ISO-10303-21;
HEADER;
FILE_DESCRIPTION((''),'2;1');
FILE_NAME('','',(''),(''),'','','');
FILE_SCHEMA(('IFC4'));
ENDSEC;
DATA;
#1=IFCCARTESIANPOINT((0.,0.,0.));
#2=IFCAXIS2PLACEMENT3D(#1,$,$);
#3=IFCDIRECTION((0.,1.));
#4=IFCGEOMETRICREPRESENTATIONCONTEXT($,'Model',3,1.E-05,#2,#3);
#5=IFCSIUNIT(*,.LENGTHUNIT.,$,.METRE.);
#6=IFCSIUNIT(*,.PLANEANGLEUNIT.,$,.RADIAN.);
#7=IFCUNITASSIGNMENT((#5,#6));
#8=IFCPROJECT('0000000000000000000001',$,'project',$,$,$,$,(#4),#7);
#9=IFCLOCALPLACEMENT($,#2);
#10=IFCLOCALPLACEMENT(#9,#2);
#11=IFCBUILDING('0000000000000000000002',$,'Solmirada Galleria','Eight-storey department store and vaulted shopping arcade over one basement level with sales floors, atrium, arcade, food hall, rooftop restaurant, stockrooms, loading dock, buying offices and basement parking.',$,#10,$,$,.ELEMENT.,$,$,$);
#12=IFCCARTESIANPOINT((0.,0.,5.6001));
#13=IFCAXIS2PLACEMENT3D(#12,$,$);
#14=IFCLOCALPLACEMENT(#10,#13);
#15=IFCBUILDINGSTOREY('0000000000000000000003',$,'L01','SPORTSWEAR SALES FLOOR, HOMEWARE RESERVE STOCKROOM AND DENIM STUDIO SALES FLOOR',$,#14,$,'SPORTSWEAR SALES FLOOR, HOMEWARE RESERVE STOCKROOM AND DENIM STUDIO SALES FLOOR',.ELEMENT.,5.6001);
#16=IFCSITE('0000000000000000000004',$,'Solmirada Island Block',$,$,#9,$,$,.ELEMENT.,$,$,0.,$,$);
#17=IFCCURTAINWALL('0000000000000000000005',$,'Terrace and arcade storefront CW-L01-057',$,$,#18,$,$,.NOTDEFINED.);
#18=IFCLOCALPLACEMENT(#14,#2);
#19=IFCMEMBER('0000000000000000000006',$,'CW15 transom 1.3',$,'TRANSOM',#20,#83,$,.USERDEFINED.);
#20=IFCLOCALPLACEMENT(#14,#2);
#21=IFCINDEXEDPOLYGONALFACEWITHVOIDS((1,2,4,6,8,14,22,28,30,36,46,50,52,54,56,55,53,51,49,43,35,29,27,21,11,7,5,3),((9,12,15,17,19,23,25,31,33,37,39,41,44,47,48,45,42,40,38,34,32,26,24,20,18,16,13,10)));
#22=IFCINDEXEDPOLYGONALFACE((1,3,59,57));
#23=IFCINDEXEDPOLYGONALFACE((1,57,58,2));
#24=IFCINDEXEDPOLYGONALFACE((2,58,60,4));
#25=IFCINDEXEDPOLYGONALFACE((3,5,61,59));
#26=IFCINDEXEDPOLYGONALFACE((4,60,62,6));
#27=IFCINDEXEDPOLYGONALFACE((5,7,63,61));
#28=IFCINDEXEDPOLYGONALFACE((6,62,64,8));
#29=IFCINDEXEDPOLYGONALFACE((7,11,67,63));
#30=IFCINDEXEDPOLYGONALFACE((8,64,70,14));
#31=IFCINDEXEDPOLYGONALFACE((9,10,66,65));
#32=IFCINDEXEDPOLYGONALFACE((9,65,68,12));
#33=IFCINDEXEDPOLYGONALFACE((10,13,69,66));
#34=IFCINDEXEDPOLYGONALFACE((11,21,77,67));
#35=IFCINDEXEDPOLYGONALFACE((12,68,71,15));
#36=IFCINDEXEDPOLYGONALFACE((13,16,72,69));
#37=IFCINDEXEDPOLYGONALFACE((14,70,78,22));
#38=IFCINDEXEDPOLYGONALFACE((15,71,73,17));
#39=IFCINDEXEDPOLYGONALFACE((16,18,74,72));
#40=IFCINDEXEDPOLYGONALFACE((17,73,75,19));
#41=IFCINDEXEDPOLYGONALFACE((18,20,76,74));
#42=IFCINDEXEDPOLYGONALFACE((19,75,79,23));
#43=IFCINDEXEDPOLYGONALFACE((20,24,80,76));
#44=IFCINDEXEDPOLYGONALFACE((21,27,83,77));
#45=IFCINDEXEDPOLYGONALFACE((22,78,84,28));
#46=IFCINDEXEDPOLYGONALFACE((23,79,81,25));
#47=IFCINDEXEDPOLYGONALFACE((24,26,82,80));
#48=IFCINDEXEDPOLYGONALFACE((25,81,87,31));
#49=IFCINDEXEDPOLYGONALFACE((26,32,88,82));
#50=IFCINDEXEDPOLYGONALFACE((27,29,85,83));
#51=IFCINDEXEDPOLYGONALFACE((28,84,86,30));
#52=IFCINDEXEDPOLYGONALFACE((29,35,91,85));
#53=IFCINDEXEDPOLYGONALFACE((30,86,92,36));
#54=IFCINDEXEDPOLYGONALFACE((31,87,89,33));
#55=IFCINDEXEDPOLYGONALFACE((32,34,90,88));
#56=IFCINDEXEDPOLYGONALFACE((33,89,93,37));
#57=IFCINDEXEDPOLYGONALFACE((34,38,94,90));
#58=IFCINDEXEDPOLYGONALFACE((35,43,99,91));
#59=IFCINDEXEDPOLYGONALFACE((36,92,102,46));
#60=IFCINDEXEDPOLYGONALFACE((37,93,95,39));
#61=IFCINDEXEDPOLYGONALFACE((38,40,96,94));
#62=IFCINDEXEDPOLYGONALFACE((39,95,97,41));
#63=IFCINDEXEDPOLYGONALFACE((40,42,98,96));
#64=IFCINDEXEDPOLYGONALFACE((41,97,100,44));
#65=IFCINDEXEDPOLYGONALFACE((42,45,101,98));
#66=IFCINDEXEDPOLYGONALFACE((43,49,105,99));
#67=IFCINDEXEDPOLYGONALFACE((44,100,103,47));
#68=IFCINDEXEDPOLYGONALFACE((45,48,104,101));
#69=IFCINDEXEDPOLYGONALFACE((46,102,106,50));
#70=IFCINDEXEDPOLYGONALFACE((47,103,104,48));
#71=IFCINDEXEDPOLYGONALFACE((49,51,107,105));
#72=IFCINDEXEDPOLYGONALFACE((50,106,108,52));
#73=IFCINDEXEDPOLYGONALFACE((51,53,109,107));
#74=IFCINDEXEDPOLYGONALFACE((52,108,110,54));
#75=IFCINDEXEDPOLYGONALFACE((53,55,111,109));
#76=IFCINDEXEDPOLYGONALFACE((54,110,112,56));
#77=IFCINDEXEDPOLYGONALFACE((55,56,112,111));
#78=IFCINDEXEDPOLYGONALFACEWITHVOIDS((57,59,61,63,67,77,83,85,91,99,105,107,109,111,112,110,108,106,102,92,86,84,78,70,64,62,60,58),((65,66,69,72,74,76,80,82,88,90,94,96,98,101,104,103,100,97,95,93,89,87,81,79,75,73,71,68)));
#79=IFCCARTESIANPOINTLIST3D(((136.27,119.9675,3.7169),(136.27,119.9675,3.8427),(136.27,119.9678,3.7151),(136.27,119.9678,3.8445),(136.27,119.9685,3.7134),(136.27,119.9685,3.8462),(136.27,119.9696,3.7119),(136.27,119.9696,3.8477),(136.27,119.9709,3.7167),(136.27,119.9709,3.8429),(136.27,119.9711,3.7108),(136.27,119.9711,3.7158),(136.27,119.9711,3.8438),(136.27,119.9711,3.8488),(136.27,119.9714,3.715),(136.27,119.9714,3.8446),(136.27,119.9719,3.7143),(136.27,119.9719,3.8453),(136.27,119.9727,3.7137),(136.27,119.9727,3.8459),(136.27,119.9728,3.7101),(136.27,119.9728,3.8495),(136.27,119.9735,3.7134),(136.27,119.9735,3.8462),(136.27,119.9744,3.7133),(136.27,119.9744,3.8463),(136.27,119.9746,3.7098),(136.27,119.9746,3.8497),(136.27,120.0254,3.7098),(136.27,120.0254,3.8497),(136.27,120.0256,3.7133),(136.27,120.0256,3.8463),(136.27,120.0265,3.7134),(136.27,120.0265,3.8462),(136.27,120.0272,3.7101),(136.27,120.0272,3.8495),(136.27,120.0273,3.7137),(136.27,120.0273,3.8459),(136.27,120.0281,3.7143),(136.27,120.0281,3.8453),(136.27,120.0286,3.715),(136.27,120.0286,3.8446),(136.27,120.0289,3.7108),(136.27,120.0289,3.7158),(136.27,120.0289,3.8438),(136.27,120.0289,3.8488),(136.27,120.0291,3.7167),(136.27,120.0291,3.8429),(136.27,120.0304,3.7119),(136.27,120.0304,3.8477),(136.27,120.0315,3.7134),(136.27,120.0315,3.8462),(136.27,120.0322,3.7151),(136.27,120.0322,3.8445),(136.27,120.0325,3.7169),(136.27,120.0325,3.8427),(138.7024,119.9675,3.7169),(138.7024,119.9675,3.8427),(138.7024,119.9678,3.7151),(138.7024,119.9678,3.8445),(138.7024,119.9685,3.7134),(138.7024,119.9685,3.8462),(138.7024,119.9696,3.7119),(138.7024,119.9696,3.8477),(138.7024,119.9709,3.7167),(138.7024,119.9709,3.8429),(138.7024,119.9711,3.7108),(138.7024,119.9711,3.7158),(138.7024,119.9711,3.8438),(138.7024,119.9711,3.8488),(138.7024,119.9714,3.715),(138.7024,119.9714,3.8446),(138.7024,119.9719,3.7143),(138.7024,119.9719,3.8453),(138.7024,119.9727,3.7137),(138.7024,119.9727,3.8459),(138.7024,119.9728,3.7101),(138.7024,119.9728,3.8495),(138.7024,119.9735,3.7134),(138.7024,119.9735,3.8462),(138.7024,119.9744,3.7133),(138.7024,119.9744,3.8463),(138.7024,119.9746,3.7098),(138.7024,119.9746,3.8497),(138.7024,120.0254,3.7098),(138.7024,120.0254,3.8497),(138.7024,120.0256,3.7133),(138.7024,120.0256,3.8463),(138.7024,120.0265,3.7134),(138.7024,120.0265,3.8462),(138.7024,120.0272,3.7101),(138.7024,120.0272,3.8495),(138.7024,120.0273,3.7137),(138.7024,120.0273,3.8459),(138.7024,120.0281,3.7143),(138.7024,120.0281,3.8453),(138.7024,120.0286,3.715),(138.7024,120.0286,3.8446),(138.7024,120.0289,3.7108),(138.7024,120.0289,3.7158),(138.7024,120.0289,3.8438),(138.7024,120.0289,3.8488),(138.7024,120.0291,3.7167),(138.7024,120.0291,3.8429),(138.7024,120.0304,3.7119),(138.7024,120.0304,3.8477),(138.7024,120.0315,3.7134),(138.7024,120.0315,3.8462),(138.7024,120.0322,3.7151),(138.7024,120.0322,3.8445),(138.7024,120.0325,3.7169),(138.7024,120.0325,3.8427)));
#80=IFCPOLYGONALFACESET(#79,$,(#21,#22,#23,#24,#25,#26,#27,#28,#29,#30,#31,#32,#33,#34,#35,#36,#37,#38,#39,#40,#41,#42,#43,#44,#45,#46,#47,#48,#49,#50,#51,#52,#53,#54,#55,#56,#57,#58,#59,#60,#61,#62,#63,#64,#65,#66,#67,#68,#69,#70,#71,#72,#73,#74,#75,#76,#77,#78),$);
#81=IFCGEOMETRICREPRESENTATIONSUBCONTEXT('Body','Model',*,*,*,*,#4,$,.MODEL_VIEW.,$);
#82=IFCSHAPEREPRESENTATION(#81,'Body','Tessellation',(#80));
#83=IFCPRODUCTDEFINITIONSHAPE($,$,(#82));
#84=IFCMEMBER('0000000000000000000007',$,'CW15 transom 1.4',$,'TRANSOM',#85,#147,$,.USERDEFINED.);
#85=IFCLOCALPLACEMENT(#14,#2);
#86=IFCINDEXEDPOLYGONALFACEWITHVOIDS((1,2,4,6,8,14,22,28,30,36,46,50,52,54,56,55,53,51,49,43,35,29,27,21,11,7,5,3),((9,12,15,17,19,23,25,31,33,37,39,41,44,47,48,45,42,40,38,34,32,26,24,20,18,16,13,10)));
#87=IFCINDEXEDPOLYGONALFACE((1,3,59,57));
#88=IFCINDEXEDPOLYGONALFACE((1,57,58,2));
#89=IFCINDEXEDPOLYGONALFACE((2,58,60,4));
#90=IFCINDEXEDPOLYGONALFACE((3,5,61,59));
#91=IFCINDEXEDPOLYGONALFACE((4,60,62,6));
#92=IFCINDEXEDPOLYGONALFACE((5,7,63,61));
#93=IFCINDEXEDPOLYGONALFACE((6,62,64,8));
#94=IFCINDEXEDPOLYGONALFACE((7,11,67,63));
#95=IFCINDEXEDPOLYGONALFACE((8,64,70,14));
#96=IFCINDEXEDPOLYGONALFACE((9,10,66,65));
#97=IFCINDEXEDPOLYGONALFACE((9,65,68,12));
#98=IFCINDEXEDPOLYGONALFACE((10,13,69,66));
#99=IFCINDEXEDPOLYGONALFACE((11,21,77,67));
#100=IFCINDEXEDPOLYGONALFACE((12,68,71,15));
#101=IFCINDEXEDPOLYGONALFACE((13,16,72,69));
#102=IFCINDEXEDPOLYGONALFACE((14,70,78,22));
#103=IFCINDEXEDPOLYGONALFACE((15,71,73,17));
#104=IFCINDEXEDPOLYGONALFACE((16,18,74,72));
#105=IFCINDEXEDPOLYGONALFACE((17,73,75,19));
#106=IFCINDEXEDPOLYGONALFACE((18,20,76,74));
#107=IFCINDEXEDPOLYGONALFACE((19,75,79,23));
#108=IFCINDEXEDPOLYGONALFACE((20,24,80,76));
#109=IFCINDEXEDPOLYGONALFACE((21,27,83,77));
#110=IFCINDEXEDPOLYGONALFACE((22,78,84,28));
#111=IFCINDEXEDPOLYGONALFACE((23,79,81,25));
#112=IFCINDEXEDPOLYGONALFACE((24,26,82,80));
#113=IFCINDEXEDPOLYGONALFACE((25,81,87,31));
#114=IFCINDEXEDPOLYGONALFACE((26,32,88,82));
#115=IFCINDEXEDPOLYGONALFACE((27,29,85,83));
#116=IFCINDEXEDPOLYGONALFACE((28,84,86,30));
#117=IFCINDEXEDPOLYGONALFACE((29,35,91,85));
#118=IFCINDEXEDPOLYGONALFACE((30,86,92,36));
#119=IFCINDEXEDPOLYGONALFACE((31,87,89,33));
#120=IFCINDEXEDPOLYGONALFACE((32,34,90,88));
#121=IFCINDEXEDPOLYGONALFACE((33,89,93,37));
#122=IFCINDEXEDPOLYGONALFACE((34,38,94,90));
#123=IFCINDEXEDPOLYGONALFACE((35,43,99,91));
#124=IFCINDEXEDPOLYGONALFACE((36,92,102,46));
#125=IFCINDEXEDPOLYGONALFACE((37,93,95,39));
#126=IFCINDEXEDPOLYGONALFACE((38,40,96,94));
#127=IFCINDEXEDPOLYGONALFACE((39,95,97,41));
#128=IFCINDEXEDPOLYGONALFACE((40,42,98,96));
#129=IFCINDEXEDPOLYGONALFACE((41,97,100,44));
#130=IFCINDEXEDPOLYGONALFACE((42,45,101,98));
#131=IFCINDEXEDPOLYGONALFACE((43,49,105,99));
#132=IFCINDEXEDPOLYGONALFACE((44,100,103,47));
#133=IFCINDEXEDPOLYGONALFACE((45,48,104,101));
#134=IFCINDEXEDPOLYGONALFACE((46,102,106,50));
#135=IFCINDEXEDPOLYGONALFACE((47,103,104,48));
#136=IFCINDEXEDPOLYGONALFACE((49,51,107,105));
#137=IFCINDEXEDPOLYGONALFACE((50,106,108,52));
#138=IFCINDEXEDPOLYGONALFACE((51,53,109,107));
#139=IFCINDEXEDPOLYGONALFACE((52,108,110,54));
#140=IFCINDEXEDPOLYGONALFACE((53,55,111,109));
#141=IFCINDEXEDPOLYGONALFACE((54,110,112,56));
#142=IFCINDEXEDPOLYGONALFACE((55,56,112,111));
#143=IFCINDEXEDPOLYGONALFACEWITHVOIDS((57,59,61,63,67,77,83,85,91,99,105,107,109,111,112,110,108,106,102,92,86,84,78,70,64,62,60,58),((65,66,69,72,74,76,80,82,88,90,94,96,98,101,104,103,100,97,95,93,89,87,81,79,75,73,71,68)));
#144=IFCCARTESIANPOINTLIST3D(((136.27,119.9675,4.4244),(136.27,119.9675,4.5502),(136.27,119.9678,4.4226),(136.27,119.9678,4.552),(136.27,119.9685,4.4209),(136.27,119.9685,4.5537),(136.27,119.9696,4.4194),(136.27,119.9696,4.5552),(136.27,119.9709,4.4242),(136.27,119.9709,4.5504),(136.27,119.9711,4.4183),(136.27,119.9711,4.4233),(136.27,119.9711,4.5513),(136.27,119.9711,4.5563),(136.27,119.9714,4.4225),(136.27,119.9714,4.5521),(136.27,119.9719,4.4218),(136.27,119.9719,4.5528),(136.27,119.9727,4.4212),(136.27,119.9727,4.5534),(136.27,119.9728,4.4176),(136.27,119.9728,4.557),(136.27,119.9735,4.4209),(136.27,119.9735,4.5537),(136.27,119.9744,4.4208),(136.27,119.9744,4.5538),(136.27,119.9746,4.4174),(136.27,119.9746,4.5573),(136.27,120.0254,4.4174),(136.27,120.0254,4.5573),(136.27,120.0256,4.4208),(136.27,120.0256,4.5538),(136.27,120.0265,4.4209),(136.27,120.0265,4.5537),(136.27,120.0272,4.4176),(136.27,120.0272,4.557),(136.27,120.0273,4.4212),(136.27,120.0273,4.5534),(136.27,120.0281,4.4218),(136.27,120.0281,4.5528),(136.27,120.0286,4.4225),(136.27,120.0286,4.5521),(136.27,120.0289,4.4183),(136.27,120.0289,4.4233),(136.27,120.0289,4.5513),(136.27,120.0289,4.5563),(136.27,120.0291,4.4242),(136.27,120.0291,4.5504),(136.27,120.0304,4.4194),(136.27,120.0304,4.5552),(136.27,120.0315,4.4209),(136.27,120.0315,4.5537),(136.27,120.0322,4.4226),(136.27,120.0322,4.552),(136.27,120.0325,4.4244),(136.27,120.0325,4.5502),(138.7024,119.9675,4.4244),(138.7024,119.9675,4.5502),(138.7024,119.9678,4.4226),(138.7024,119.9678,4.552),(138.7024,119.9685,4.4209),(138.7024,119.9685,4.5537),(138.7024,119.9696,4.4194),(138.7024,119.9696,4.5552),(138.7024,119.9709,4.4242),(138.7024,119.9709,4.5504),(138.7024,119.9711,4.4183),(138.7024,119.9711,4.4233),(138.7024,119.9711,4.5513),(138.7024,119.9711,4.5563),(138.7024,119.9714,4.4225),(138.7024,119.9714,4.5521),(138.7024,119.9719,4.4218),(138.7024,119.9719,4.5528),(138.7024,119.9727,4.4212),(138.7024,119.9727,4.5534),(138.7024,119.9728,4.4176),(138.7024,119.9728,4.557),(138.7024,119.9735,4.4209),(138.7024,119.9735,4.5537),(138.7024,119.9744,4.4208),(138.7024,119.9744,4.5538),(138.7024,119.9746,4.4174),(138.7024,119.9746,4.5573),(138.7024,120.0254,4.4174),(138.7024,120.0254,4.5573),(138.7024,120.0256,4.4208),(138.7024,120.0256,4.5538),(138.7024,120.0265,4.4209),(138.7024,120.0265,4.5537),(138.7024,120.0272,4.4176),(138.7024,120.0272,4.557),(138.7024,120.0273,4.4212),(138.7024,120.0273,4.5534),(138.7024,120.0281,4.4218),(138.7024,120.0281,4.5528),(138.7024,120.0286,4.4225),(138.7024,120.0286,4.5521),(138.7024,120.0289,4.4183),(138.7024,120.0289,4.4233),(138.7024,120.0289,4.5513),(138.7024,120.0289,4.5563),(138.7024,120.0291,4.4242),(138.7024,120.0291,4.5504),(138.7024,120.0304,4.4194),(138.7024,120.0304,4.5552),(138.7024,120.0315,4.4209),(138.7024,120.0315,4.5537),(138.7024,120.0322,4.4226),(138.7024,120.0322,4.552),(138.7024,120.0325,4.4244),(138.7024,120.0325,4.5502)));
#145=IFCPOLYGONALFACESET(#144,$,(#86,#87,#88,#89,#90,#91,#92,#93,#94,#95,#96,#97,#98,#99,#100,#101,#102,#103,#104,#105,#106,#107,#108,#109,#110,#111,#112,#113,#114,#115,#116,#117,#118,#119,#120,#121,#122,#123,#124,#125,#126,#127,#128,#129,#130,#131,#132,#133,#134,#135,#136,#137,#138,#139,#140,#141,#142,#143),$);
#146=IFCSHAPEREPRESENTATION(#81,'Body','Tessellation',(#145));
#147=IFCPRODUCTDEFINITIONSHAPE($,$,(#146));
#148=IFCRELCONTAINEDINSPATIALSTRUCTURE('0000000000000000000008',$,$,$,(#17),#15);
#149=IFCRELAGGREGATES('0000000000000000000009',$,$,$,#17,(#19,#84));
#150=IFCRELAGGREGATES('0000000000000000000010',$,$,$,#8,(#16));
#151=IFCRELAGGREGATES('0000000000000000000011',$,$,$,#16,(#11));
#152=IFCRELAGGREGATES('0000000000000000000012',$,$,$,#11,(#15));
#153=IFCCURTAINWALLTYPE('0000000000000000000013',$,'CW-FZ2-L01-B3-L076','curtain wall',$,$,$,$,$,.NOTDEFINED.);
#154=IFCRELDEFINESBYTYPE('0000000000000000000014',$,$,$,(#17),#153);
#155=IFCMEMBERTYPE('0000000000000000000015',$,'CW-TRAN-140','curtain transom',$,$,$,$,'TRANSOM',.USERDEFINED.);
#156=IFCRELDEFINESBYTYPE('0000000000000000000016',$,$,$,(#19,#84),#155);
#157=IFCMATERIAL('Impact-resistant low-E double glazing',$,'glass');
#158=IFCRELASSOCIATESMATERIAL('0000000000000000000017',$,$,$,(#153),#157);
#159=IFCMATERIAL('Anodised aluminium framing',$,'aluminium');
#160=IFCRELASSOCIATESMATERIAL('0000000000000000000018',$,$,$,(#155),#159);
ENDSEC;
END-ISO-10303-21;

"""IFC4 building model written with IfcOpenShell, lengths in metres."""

from ifc_helpers import new_model, si_unit, direction, frame, origin, origin_2d, place, context, subcontext, project, spatial, hollow_rectangle, extrude, material, material_profile, profile_set, type_object, element, aggregate, save


model = new_model("IFC4")

# Units and contexts
model_context = context("Model", 3, precision=1e-05, world=origin(), true_north=direction((0.0, 1.0)))
body_context = subcontext(model_context, "Body", "Model", "MODEL_VIEW")
ifc_project = project(units=[si_unit("LENGTHUNIT", "METRE"), si_unit("PLANEANGLEUNIT", "RADIAN")], contexts=[model_context])

# Site, building, storey
site_placement = place(None, origin())
site = spatial("IfcSite", under=ifc_project, at=site_placement, Name="Solmirada Island Block", CompositionType="ELEMENT", RefElevation=0.0)
building_placement = place(site_placement, origin())
building = spatial("IfcBuilding", under=site, at=building_placement, Name="Solmirada Galleria", Description="Eight-storey department store and vaulted shopping arcade over one basement level with sales floors, atrium, arcade, food hall, rooftop restaurant, stockrooms, loading dock, buying offices and basement parking.", CompositionType="ELEMENT")
storey_placement = place(building_placement, frame((0.0, 0.0, 5.6001)))
storey = spatial("IfcBuildingStorey", under=building, at=storey_placement, Name="L01", Description="SPORTSWEAR SALES FLOOR, HOMEWARE RESERVE STOCKROOM AND DENIM STUDIO SALES FLOOR", LongName="SPORTSWEAR SALES FLOOR, HOMEWARE RESERVE STOCKROOM AND DENIM STUDIO SALES FLOOR", CompositionType="ELEMENT", Elevation=5.6001)

# Curtain wall
ifc_material_1 = material(Name="Impact-resistant low-E double glazing", Category="glass")
curtain_wall_type = type_object("IfcCurtainWallType", Name="CW-FZ2-L01-B3-L076", Description="curtain wall", PredefinedType="NOTDEFINED", material=ifc_material_1)
ifc_material_2 = material(Name="Anodised aluminium framing", Category="aluminium")
curtain_wall_1_placement = place(storey_placement, origin())
curtain_wall_1 = element("IfcCurtainWall", 1, at=curtain_wall_1_placement, inside=storey, type_object=curtain_wall_type, Name="Terrace and arcade storefront CW-L01-057", PredefinedType="NOTDEFINED")

# Members
ifc_material_profile_1 = material_profile(ifc_material_2, hollow_rectangle(XDim=0.0649, YDim=0.1399, WallThickness=0.0034, InnerFilletRadius=0.0034, OuterFilletRadius=0.0071, at=origin_2d()), Name="ALU-TRAN-140X65")
ifc_profile_set_1 = profile_set([ifc_material_profile_1], Name="Anodised aluminium framing")
member_type_1 = type_object("IfcMemberType", Name="CW-TRAN-140", Description="curtain transom", ElementType="TRANSOM", PredefinedType="USERDEFINED", material=ifc_profile_set_1)
member_1_placement = place(storey_placement, frame((136.27, 120.0, 3.7798), z_axis=(1.0, 0.0, 0.0), x_axis=(0.0, 1.0, 0.0)))
member_1 = element("IfcMember", 2, at=member_1_placement, type_object=member_type_1, Name="CW15 transom 1.3", ObjectType="TRANSOM", PredefinedType="USERDEFINED", context=body_context, shape_type="SweptSolid", body=[
    extrude(hollow_rectangle(XDim=0.0649, YDim=0.1399, WallThickness=0.0034, InnerFilletRadius=0.0034, OuterFilletRadius=0.0071, at=origin_2d()), origin(), (0.0, 0.0, 1.0), 2.4324),
])
member_2_placement = place(storey_placement, frame((136.27, 120.0, 4.4873), z_axis=(1.0, 0.0, 0.0), x_axis=(0.0, 1.0, 0.0)))
member_2 = element("IfcMember", 3, at=member_2_placement, type_object=member_type_1, Name="CW15 transom 1.4", ObjectType="TRANSOM", PredefinedType="USERDEFINED", context=body_context, shape_type="SweptSolid", body=[
    extrude(hollow_rectangle(XDim=0.0649, YDim=0.1399, WallThickness=0.0034, InnerFilletRadius=0.0034, OuterFilletRadius=0.0071, at=origin_2d()), origin(), (0.0, 0.0, 1.0), 2.4324),
])

aggregate(curtain_wall_1, [member_1, member_2])

save(model, "model.ifc")
